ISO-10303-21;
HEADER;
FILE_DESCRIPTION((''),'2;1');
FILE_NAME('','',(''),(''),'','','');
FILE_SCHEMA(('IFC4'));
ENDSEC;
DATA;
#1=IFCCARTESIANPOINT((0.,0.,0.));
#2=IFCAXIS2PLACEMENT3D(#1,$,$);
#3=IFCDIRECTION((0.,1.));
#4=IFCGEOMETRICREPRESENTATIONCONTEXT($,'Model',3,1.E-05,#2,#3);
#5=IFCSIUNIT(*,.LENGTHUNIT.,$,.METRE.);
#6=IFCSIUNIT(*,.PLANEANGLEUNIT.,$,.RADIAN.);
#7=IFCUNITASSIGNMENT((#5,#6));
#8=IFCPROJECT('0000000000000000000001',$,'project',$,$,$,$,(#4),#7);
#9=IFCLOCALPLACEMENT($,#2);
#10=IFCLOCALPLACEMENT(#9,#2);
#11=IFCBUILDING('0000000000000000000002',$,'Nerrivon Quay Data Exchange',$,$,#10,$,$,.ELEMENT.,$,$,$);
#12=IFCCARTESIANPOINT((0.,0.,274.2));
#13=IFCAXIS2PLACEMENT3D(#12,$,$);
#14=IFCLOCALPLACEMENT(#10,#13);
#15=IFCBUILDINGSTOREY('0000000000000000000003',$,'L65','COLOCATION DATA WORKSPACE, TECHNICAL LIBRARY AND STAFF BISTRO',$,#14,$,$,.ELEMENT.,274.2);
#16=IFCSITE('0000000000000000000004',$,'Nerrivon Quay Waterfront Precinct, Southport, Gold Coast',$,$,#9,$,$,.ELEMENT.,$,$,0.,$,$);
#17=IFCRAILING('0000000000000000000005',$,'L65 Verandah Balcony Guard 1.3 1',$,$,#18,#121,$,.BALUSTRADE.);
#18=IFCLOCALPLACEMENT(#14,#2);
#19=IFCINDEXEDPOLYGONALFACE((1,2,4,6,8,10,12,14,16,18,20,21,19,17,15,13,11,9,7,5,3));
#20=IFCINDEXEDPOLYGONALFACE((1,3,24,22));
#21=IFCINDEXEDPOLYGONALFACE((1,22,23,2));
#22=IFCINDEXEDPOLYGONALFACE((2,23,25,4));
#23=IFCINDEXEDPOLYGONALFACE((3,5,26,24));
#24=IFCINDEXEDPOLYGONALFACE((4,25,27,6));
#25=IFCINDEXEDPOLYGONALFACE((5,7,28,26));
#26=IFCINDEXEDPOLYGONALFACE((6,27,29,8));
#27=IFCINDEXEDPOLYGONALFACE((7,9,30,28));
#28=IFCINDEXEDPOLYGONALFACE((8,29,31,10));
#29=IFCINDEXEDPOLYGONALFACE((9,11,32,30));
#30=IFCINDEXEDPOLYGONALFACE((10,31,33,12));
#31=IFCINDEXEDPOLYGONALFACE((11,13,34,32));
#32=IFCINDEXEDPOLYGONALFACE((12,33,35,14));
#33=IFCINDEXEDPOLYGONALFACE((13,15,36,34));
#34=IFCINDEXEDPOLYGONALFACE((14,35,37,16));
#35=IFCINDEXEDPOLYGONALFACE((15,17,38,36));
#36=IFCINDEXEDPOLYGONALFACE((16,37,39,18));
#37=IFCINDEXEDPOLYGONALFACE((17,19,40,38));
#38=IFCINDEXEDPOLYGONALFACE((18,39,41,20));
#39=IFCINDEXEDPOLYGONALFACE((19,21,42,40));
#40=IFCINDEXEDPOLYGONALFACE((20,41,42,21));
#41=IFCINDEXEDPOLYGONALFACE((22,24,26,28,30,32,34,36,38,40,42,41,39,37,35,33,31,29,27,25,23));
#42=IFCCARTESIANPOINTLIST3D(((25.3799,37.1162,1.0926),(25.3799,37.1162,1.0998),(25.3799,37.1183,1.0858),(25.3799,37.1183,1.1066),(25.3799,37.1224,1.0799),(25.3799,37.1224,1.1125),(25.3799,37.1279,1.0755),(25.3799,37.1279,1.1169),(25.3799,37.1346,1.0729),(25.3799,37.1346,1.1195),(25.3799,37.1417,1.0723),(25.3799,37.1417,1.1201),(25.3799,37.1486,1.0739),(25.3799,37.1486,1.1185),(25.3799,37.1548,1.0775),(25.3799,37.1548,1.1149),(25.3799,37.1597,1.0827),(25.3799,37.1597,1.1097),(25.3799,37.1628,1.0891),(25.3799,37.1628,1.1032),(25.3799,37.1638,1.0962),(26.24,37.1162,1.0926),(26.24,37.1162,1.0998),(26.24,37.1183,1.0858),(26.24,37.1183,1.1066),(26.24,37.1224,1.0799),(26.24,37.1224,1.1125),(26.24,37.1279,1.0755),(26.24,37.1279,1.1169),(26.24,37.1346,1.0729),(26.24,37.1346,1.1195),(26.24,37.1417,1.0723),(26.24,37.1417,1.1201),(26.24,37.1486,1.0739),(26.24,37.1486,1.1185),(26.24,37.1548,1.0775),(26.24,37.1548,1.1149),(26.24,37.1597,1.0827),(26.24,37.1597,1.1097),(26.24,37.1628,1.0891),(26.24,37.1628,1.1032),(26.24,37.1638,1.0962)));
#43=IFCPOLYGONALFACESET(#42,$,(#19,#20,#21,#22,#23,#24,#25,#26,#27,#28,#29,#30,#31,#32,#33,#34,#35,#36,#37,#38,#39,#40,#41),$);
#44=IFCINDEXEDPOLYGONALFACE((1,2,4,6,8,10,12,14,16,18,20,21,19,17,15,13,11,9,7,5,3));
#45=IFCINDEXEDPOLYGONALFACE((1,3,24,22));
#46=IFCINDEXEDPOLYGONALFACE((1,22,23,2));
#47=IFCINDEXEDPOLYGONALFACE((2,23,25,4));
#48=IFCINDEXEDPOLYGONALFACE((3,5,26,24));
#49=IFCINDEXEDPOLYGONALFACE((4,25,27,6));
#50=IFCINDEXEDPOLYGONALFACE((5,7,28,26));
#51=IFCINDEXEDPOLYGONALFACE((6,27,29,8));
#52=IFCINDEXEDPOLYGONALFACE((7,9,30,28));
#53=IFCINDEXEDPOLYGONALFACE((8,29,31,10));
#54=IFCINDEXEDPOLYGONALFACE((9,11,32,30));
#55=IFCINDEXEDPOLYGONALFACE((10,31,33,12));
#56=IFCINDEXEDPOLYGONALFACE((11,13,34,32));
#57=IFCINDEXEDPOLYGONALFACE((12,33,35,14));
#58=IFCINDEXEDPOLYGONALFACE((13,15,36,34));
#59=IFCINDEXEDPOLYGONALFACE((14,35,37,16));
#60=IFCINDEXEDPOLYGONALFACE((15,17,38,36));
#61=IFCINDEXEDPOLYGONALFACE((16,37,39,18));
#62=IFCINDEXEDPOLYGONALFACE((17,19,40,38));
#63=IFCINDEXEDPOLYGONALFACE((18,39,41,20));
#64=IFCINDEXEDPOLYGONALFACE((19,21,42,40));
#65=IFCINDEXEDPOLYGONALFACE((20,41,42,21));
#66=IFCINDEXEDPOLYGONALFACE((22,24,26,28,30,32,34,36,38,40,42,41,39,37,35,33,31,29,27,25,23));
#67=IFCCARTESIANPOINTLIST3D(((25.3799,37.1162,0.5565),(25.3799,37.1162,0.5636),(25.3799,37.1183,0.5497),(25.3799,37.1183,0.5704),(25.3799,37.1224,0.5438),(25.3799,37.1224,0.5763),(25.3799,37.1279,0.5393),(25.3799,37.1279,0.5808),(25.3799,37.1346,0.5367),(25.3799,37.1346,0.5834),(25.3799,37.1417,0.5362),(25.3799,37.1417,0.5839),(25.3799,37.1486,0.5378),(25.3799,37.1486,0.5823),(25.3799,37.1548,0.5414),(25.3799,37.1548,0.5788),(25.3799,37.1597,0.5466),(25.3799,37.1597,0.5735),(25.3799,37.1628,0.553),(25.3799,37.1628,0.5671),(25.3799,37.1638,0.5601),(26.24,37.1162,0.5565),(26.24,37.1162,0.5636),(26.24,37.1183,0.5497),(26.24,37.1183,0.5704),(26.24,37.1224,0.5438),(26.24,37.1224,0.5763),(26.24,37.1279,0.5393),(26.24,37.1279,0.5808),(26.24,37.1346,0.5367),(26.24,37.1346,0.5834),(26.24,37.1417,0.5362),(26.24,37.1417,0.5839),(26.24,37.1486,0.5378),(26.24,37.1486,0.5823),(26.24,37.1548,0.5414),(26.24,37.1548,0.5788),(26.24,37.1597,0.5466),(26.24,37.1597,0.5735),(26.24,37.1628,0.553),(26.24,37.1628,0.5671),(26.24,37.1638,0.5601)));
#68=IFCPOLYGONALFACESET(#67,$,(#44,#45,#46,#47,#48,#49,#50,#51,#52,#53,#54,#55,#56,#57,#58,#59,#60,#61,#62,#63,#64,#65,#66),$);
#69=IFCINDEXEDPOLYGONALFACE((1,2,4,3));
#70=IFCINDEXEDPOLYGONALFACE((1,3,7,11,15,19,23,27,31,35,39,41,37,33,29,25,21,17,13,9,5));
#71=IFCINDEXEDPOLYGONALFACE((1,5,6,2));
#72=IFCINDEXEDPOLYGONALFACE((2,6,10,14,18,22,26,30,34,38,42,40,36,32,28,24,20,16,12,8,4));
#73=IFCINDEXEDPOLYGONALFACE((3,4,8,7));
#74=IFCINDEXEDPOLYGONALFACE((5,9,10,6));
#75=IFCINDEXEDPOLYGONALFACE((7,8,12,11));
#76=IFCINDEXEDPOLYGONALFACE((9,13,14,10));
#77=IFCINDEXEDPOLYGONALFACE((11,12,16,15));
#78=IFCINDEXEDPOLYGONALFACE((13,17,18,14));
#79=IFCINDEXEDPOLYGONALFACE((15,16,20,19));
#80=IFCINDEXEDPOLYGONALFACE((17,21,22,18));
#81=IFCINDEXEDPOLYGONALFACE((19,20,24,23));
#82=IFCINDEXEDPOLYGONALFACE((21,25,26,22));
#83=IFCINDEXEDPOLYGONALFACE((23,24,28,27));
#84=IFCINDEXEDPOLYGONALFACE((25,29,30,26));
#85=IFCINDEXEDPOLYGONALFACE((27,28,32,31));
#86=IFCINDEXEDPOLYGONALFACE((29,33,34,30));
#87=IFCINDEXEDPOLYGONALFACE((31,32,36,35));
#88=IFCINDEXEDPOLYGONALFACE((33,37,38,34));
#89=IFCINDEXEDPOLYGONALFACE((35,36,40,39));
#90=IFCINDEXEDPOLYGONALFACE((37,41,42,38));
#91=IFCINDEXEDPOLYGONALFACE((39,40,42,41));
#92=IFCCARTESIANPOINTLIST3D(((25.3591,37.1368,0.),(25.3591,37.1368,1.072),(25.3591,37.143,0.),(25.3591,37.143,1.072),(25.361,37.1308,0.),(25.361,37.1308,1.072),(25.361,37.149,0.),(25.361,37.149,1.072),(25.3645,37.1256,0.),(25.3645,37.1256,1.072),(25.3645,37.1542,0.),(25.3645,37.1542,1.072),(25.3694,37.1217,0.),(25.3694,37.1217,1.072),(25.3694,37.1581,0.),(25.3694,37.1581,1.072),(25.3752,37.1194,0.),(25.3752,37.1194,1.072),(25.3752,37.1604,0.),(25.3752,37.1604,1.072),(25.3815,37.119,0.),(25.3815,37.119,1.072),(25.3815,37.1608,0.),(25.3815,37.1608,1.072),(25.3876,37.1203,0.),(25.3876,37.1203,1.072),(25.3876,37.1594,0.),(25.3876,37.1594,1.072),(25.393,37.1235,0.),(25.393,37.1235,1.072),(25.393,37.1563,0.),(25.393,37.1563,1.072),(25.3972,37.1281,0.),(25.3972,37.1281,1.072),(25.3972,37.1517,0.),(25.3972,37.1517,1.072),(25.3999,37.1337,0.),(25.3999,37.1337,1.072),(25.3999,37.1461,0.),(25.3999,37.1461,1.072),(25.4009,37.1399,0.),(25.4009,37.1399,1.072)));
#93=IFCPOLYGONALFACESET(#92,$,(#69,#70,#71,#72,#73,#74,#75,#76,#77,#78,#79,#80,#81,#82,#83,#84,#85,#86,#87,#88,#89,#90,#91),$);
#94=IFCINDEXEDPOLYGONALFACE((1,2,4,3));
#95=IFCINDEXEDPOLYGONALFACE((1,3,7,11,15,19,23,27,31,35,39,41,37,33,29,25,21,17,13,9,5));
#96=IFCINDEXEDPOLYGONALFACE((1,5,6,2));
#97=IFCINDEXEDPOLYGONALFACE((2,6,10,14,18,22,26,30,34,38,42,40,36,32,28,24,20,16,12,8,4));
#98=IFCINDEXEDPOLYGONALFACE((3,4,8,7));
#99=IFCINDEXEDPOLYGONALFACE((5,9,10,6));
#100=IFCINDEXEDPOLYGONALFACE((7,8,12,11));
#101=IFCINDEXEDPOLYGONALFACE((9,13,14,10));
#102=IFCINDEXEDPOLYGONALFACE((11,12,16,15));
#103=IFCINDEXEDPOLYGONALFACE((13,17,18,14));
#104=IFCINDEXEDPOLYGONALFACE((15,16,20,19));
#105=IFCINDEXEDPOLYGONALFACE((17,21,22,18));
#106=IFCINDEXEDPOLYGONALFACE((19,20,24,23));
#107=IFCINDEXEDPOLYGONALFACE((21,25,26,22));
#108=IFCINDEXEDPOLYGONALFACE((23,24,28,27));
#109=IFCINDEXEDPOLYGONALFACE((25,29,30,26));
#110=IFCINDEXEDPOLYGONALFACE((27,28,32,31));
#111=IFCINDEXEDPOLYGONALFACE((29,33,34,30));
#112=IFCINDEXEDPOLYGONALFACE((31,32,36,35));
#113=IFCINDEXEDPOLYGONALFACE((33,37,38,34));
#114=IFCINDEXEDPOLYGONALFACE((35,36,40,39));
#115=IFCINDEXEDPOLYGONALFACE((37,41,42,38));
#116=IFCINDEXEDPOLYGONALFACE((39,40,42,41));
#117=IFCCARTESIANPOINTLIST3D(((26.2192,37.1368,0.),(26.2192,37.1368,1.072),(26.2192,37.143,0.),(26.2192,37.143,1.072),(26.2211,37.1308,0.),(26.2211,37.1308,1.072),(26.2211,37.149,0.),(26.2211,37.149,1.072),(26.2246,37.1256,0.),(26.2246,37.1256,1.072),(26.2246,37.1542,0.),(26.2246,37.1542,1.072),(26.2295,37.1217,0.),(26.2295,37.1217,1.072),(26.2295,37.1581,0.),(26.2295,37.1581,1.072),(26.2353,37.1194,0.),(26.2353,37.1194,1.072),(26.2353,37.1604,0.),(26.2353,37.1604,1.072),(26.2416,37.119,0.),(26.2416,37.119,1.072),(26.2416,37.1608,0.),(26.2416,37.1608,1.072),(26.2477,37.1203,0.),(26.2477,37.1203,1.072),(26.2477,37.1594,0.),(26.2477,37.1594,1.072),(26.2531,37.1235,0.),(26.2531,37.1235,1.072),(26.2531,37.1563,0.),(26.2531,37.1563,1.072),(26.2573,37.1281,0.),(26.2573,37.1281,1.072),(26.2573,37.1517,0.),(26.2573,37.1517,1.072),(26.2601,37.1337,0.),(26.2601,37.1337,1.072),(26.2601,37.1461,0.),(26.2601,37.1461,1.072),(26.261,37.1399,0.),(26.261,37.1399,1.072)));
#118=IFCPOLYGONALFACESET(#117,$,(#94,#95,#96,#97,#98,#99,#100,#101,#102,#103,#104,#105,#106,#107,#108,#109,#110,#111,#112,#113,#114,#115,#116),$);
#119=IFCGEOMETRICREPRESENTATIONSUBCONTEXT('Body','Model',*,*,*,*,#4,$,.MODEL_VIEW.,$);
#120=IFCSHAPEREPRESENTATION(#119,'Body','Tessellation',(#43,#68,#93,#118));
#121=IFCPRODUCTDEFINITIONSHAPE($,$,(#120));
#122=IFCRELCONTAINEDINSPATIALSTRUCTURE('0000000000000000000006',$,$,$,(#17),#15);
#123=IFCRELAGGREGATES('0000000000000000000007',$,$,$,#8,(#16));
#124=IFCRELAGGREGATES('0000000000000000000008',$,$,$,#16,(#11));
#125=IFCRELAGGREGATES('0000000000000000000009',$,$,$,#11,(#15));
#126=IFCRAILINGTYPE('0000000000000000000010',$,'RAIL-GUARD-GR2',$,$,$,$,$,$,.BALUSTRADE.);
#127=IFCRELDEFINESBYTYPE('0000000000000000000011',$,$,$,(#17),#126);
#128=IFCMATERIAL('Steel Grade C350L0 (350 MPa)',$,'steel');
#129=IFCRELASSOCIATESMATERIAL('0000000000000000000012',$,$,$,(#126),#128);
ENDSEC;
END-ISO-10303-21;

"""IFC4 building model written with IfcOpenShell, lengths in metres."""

from ifc_helpers import new_model, si_unit, direction, frame, origin, origin_2d, place, context, subcontext, project, spatial, circle, extrude, material, type_object, element, save


model = new_model("IFC4")

# Units and contexts
model_context = context("Model", 3, precision=1e-05, world=origin(), true_north=direction((0.0, 1.0)))
body_context = subcontext(model_context, "Body", "Model", "MODEL_VIEW")
ifc_project = project(units=[si_unit("LENGTHUNIT", "METRE"), si_unit("PLANEANGLEUNIT", "RADIAN")], contexts=[model_context])

# Site, building, storey
site_placement = place(None, origin())
site = spatial("IfcSite", under=ifc_project, at=site_placement, Name="Nerrivon Quay Waterfront Precinct, Southport, Gold Coast", CompositionType="ELEMENT", RefElevation=0.0)
building_placement = place(site_placement, origin())
building = spatial("IfcBuilding", under=site, at=building_placement, Name="Nerrivon Quay Data Exchange", CompositionType="ELEMENT")
storey_placement = place(building_placement, frame((0.0, 0.0, 274.2)))
storey = spatial("IfcBuildingStorey", under=building, at=storey_placement, Name="L65", Description="COLOCATION DATA WORKSPACE, TECHNICAL LIBRARY AND STAFF BISTRO", CompositionType="ELEMENT", Elevation=274.2)

# Shared definitions
ifc_material_1 = material(Name="Steel Grade C350L0 (350 MPa)", Category="steel")

# Railing
railing_type = type_object("IfcRailingType", Name="RAIL-GUARD-GR2", PredefinedType="BALUSTRADE", material=ifc_material_1)
railing_1_placement = place(storey_placement, frame((25.3799, 37.1399, 0.0)))
element("IfcRailing", 1, at=railing_1_placement, inside=storey, type_object=railing_type, Name="L65 Verandah Balcony Guard 1.3 1", PredefinedType="BALUSTRADE", context=body_context, shape_type="SweptSolid", body=[
    extrude(circle(Radius=0.0239, at=origin_2d()), frame((0.0, 0.0, 1.0962), z_axis=(1.0, 0.0, 0.0), x_axis=(0.0, 1.0, 0.0)), (0.0, 0.0, 1.0), 0.8601),
    extrude(circle(Radius=0.0239, at=origin_2d()), frame((0.0, 0.0, 0.5601), z_axis=(1.0, 0.0, 0.0), x_axis=(0.0, 1.0, 0.0)), (0.0, 0.0, 1.0), 0.8601),
    extrude(circle(Radius=0.021, at=origin_2d()), origin(), (0.0, 0.0, 1.0), 1.072),
    extrude(circle(Radius=0.021, at=origin_2d()), frame((0.8601, 0.0, 0.0)), (0.0, 0.0, 1.0), 1.072),
])

save(model, "model.ifc")
